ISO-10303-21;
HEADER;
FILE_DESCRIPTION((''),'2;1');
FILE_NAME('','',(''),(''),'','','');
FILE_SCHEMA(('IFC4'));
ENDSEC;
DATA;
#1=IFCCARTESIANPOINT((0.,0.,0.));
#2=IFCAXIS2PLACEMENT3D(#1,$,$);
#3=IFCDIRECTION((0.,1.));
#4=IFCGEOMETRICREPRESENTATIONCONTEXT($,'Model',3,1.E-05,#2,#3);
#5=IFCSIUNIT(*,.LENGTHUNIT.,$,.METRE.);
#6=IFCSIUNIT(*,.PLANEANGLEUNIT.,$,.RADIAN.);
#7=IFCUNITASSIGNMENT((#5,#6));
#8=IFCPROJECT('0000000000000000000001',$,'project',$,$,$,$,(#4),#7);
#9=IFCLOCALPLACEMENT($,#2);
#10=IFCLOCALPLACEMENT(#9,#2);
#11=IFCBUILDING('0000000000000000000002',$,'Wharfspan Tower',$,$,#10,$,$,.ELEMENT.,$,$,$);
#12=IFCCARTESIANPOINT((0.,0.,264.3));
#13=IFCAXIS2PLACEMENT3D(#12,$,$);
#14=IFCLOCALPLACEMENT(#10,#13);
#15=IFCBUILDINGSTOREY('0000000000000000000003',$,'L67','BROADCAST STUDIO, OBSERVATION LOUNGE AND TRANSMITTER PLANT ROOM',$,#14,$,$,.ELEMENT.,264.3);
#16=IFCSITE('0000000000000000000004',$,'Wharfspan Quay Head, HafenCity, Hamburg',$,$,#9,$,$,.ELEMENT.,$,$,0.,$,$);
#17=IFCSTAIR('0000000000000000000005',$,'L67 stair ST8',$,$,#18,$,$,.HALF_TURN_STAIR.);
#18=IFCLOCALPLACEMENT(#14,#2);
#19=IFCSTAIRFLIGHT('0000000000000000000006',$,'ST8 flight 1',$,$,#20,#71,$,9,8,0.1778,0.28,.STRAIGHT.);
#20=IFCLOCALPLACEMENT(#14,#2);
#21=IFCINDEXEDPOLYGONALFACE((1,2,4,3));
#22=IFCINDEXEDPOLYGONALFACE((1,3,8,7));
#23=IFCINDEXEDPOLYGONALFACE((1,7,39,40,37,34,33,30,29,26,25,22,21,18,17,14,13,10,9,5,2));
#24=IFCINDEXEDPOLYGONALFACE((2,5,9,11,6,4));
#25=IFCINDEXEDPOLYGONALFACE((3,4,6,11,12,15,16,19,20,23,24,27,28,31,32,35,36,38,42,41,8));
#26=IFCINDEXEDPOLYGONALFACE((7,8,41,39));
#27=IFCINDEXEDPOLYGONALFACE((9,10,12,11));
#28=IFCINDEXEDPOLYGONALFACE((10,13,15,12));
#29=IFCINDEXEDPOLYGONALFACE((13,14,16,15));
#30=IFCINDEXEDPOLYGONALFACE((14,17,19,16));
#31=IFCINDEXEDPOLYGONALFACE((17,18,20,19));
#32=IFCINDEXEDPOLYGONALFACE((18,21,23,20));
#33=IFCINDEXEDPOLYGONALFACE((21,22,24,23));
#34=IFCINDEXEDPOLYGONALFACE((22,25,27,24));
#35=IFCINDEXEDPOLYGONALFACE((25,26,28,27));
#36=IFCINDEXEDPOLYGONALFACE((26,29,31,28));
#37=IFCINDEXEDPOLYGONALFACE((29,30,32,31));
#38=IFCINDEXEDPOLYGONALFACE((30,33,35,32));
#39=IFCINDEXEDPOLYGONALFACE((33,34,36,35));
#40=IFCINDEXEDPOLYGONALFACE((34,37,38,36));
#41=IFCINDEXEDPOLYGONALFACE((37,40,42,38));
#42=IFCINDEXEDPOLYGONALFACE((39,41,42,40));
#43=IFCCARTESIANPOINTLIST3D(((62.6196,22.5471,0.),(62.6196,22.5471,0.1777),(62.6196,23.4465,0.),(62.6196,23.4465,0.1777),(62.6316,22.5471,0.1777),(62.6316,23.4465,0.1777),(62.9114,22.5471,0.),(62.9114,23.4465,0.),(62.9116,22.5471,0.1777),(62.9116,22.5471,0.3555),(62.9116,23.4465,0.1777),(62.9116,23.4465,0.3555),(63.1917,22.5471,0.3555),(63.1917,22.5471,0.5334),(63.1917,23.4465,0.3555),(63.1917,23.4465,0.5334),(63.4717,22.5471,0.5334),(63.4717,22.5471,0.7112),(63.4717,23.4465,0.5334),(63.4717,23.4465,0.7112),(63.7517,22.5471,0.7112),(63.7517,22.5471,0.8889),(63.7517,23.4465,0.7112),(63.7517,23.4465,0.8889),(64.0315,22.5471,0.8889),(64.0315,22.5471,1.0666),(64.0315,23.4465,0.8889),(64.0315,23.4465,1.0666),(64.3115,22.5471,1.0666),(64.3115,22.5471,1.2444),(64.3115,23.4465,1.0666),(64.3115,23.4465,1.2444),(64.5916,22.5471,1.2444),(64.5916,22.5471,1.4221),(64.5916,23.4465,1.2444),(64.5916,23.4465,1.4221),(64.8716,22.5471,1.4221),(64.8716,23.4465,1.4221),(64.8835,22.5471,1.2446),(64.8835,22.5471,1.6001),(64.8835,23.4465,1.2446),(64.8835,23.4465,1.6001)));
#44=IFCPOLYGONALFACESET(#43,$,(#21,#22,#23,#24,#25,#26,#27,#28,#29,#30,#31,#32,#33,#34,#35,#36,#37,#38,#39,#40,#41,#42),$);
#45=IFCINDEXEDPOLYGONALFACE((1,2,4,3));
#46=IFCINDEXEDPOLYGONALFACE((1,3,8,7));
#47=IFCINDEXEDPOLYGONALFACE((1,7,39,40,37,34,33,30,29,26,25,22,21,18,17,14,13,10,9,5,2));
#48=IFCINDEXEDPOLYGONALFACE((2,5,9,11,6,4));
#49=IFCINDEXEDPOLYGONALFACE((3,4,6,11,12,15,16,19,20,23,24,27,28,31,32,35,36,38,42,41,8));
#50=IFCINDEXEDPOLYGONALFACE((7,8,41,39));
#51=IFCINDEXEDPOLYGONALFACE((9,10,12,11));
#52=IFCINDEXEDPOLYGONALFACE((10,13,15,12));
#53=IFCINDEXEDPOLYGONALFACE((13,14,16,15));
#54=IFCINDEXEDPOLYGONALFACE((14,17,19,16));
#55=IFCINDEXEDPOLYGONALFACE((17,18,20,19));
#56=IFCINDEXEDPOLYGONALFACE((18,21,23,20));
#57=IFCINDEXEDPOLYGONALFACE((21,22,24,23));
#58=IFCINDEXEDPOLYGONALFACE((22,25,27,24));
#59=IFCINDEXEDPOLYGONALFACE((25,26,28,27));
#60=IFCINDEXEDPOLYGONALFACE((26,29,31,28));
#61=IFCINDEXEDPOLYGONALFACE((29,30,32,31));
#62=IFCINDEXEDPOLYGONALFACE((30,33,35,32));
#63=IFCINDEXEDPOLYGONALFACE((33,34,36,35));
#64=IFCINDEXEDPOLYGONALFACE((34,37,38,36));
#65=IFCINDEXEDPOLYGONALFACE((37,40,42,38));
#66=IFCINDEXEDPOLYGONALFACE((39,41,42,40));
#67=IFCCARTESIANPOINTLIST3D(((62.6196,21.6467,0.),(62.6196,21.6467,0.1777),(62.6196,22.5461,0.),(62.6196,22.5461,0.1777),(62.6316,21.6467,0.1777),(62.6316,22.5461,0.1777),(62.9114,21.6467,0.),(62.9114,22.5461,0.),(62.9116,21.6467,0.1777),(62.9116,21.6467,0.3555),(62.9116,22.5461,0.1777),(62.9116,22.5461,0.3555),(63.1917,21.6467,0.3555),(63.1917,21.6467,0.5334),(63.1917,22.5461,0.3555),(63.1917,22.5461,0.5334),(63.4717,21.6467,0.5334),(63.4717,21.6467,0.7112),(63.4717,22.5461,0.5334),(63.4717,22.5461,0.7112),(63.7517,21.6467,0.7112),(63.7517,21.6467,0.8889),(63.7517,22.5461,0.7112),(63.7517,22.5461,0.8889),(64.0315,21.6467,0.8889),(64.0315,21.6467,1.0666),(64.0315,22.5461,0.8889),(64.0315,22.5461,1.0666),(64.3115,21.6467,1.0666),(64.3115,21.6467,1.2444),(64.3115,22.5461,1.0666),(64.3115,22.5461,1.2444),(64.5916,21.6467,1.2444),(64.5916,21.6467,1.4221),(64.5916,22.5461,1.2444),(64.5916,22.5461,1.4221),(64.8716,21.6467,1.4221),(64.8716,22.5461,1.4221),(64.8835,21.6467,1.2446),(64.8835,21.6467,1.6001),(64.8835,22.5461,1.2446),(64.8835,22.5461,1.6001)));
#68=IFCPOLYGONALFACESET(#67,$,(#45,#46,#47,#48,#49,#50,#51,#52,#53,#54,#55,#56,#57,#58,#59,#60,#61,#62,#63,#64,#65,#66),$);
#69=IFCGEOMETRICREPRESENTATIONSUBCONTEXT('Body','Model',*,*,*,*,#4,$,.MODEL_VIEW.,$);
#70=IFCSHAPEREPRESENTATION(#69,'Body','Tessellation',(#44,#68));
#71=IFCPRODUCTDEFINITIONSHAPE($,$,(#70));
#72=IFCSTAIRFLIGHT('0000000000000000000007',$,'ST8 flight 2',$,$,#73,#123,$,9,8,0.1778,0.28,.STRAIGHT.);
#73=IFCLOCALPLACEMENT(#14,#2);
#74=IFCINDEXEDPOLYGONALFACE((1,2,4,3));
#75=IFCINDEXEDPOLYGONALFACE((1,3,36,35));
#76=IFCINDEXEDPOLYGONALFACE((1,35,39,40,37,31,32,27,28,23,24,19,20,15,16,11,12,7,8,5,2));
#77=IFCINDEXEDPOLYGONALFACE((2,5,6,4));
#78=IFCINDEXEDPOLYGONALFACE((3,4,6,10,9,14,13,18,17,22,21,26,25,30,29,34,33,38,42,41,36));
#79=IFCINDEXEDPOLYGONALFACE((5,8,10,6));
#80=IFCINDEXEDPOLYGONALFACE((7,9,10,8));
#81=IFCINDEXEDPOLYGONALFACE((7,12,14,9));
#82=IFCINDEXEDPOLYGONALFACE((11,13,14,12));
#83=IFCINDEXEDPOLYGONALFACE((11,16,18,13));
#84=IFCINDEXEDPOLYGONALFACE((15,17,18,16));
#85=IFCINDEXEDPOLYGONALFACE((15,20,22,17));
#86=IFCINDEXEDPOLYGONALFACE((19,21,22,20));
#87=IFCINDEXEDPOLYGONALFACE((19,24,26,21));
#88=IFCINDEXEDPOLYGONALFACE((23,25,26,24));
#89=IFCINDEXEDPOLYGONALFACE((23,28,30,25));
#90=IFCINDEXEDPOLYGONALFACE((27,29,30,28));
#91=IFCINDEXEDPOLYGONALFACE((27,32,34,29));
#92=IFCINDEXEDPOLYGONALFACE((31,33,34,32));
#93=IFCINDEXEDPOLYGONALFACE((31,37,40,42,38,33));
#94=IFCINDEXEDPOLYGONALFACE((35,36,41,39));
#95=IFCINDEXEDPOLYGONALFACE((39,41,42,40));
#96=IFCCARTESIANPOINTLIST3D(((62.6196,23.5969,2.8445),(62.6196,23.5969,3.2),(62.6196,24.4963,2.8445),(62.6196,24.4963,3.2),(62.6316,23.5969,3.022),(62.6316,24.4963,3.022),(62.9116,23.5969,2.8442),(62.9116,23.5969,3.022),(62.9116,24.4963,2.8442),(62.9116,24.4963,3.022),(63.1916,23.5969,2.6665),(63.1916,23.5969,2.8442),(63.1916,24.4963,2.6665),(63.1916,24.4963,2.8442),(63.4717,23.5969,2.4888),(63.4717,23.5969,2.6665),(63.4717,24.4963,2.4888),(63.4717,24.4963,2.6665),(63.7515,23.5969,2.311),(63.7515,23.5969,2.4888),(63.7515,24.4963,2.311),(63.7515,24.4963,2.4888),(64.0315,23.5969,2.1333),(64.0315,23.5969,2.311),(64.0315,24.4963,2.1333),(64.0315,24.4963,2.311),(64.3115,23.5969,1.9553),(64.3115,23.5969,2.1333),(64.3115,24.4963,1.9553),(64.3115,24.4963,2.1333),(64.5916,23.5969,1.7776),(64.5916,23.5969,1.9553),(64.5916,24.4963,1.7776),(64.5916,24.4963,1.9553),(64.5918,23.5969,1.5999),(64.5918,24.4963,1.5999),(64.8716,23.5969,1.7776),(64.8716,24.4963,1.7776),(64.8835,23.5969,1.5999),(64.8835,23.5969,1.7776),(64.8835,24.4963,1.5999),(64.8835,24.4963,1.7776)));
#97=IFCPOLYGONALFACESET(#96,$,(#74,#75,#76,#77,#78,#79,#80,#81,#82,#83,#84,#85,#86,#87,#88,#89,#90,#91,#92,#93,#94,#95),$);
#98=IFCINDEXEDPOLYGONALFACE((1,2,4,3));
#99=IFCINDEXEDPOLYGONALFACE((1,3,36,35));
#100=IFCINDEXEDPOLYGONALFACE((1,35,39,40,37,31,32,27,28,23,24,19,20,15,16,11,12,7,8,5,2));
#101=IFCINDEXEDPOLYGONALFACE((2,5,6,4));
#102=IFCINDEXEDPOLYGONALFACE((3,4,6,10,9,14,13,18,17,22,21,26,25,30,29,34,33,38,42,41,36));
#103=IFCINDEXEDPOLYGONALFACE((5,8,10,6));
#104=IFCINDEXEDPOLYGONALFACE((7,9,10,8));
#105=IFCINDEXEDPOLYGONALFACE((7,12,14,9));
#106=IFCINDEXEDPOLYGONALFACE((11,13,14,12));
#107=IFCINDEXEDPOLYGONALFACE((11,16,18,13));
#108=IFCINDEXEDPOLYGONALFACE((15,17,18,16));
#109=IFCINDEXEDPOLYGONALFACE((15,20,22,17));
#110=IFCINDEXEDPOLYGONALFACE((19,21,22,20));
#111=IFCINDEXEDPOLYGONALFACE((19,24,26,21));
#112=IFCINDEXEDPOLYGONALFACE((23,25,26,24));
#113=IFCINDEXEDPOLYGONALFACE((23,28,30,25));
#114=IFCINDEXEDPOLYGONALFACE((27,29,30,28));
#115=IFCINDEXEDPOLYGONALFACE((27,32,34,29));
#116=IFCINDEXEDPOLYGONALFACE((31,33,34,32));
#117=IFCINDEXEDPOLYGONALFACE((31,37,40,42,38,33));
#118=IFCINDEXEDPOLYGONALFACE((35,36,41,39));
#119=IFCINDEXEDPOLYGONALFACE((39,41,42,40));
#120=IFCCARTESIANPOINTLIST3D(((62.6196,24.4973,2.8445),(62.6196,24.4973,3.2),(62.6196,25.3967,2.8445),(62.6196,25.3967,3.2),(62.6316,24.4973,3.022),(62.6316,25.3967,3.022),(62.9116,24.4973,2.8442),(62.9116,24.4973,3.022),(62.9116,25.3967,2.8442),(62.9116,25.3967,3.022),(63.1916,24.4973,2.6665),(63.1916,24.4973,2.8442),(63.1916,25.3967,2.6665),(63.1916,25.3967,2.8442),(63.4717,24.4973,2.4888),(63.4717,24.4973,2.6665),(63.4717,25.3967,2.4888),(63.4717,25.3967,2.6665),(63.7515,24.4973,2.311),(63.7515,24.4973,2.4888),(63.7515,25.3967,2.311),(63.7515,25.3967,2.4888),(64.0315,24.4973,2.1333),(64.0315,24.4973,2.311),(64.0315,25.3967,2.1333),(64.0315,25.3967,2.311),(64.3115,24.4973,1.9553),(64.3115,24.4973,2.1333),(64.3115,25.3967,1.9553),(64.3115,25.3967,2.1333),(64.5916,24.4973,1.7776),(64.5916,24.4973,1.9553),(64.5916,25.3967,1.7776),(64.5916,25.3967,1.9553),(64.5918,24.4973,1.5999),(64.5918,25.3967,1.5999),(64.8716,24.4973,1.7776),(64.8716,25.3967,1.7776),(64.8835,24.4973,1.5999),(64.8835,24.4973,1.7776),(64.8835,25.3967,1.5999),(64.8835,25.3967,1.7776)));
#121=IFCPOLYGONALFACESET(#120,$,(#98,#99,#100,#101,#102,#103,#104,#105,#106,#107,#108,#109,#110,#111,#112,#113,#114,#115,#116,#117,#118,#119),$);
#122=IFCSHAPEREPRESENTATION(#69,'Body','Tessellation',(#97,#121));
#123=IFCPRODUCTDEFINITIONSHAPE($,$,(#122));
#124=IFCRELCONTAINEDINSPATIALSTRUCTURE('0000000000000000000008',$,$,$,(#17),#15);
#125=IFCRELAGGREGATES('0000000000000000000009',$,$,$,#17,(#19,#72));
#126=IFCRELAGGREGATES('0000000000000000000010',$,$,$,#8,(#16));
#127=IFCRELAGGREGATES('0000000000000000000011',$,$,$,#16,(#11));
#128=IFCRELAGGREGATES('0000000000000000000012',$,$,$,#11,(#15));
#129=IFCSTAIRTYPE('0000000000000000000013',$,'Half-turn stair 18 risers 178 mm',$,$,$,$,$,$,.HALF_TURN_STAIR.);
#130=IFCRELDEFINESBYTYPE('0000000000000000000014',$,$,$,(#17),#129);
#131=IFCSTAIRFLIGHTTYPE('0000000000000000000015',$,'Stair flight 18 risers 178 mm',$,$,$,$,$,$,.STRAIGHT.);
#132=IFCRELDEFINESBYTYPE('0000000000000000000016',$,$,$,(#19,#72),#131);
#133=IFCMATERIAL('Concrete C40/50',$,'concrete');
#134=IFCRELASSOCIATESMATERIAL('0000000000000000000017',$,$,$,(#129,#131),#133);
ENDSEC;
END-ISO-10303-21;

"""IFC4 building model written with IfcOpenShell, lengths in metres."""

from ifc_helpers import new_model, si_unit, direction, frame, origin, place, context, subcontext, project, spatial, polyline, outline, extrude, material, type_object, element, aggregate, save


model = new_model("IFC4")

# Units and contexts
model_context = context("Model", 3, precision=1e-05, world=origin(), true_north=direction((0.0, 1.0)))
body_context = subcontext(model_context, "Body", "Model", "MODEL_VIEW")
ifc_project = project(units=[si_unit("LENGTHUNIT", "METRE"), si_unit("PLANEANGLEUNIT", "RADIAN")], contexts=[model_context])

# Site, building, storey
site_placement = place(None, origin())
site = spatial("IfcSite", under=ifc_project, at=site_placement, Name="Wharfspan Quay Head, HafenCity, Hamburg", CompositionType="ELEMENT", RefElevation=0.0)
building_placement = place(site_placement, origin())
building = spatial("IfcBuilding", under=site, at=building_placement, Name="Wharfspan Tower", CompositionType="ELEMENT")
storey_placement = place(building_placement, frame((0.0, 0.0, 264.3)))
storey = spatial("IfcBuildingStorey", under=building, at=storey_placement, Name="L67", Description="BROADCAST STUDIO, OBSERVATION LOUNGE AND TRANSMITTER PLANT ROOM", CompositionType="ELEMENT", Elevation=264.3)

# Shared definitions
ifc_material_1 = material(Name="Concrete C40/50", Category="concrete")

# Stair, stair flights
stair_type = type_object("IfcStairType", Name="Half-turn stair 18 risers 178 mm", PredefinedType="HALF_TURN_STAIR", material=ifc_material_1)
stair_placement = place(storey_placement, origin())
stair = element("IfcStair", 1, at=stair_placement, inside=storey, type_object=stair_type, Name="L67 stair ST8", PredefinedType="HALF_TURN_STAIR")
stair_flight_type = type_object("IfcStairFlightType", Name="Stair flight 18 risers 178 mm", PredefinedType="STRAIGHT", material=ifc_material_1)
stair_flight_1_placement = place(storey_placement, frame((62.6316, 22.5466, 0.0), z_axis=(0.0, 0.0, 1.0), x_axis=(1.0, 0.0, 0.0)))
stair_flight_1 = element("IfcStairFlight", 2, at=stair_flight_1_placement, type_object=stair_flight_type, Name="ST8 flight 1", NumberOfRisers=9, NumberOfTreads=8, PredefinedType="STRAIGHT", RiserHeight=0.1778, TreadLength=0.28, context=body_context, shape_type="SweptSolid", body=[
    extrude(outline(polyline([(-0.012, 0.0), (-0.012, 0.1777), (0.0, 0.1777), (0.28, 0.1777), (0.28, 0.3555), (0.5601, 0.3555), (0.5601, 0.5334), (0.8401, 0.5334), (0.8401, 0.7112), (1.1201, 0.7112), (1.1201, 0.8889), (1.3999, 0.8889), (1.3999, 1.0667), (1.6799, 1.0667), (1.6799, 1.2444), (1.96, 1.2444), (1.96, 1.4221), (2.24, 1.4221), (2.252, 1.6001), (2.252, 1.2446), (0.2798, 0.0), (-0.012, 0.0)])), frame((0.0, 0.8999, 0.0), z_axis=(0.0, -1.0, 0.0), x_axis=(1.0, 0.0, 0.0)), (0.0, 0.0, 1.0), 0.8994),
    extrude(outline(polyline([(-0.012, 0.0), (-0.012, 0.1777), (0.0, 0.1777), (0.28, 0.1777), (0.28, 0.3555), (0.5601, 0.3555), (0.5601, 0.5334), (0.8401, 0.5334), (0.8401, 0.7112), (1.1201, 0.7112), (1.1201, 0.8889), (1.3999, 0.8889), (1.3999, 1.0667), (1.6799, 1.0667), (1.6799, 1.2444), (1.96, 1.2444), (1.96, 1.4221), (2.24, 1.4221), (2.252, 1.6001), (2.252, 1.2446), (0.2798, 0.0), (-0.012, 0.0)])), frame((0.0, -0.0005, 0.0), z_axis=(0.0, -1.0, 0.0), x_axis=(1.0, 0.0, 0.0)), (0.0, 0.0, 1.0), 0.8994),
])
stair_flight_2_placement = place(storey_placement, frame((64.8716, 24.4968, 1.5999), z_axis=(0.0, 0.0, 1.0), x_axis=(-1.0, 0.0, 0.0)))
stair_flight_2 = element("IfcStairFlight", 3, at=stair_flight_2_placement, type_object=stair_flight_type, Name="ST8 flight 2", NumberOfRisers=9, NumberOfTreads=8, PredefinedType="STRAIGHT", RiserHeight=0.1778, TreadLength=0.28, context=body_context, shape_type="SweptSolid", body=[
    extrude(outline(polyline([(-0.012, 0.0), (-0.012, 0.1777), (0.0, 0.1777), (0.28, 0.1777), (0.28, 0.3555), (0.5601, 0.3555), (0.5601, 0.5334), (0.8401, 0.5334), (0.8401, 0.7112), (1.1201, 0.7112), (1.1201, 0.8889), (1.3999, 0.8889), (1.3999, 1.0667), (1.6799, 1.0667), (1.6799, 1.2444), (1.96, 1.2444), (1.96, 1.4221), (2.24, 1.4221), (2.252, 1.6001), (2.252, 1.2446), (0.2798, 0.0), (-0.012, 0.0)])), frame((0.0, 0.8999, 0.0), z_axis=(0.0, -1.0, 0.0), x_axis=(1.0, 0.0, 0.0)), (0.0, 0.0, 1.0), 0.8994),
    extrude(outline(polyline([(-0.012, 0.0), (-0.012, 0.1777), (0.0, 0.1777), (0.28, 0.1777), (0.28, 0.3555), (0.5601, 0.3555), (0.5601, 0.5334), (0.8401, 0.5334), (0.8401, 0.7112), (1.1201, 0.7112), (1.1201, 0.8889), (1.3999, 0.8889), (1.3999, 1.0667), (1.6799, 1.0667), (1.6799, 1.2444), (1.96, 1.2444), (1.96, 1.4221), (2.24, 1.4221), (2.252, 1.6001), (2.252, 1.2446), (0.2798, 0.0), (-0.012, 0.0)])), frame((0.0, -0.0005, 0.0), z_axis=(0.0, -1.0, 0.0), x_axis=(1.0, 0.0, 0.0)), (0.0, 0.0, 1.0), 0.8994),
])
aggregate(stair, [stair_flight_1, stair_flight_2])

save(model, "model.ifc")
